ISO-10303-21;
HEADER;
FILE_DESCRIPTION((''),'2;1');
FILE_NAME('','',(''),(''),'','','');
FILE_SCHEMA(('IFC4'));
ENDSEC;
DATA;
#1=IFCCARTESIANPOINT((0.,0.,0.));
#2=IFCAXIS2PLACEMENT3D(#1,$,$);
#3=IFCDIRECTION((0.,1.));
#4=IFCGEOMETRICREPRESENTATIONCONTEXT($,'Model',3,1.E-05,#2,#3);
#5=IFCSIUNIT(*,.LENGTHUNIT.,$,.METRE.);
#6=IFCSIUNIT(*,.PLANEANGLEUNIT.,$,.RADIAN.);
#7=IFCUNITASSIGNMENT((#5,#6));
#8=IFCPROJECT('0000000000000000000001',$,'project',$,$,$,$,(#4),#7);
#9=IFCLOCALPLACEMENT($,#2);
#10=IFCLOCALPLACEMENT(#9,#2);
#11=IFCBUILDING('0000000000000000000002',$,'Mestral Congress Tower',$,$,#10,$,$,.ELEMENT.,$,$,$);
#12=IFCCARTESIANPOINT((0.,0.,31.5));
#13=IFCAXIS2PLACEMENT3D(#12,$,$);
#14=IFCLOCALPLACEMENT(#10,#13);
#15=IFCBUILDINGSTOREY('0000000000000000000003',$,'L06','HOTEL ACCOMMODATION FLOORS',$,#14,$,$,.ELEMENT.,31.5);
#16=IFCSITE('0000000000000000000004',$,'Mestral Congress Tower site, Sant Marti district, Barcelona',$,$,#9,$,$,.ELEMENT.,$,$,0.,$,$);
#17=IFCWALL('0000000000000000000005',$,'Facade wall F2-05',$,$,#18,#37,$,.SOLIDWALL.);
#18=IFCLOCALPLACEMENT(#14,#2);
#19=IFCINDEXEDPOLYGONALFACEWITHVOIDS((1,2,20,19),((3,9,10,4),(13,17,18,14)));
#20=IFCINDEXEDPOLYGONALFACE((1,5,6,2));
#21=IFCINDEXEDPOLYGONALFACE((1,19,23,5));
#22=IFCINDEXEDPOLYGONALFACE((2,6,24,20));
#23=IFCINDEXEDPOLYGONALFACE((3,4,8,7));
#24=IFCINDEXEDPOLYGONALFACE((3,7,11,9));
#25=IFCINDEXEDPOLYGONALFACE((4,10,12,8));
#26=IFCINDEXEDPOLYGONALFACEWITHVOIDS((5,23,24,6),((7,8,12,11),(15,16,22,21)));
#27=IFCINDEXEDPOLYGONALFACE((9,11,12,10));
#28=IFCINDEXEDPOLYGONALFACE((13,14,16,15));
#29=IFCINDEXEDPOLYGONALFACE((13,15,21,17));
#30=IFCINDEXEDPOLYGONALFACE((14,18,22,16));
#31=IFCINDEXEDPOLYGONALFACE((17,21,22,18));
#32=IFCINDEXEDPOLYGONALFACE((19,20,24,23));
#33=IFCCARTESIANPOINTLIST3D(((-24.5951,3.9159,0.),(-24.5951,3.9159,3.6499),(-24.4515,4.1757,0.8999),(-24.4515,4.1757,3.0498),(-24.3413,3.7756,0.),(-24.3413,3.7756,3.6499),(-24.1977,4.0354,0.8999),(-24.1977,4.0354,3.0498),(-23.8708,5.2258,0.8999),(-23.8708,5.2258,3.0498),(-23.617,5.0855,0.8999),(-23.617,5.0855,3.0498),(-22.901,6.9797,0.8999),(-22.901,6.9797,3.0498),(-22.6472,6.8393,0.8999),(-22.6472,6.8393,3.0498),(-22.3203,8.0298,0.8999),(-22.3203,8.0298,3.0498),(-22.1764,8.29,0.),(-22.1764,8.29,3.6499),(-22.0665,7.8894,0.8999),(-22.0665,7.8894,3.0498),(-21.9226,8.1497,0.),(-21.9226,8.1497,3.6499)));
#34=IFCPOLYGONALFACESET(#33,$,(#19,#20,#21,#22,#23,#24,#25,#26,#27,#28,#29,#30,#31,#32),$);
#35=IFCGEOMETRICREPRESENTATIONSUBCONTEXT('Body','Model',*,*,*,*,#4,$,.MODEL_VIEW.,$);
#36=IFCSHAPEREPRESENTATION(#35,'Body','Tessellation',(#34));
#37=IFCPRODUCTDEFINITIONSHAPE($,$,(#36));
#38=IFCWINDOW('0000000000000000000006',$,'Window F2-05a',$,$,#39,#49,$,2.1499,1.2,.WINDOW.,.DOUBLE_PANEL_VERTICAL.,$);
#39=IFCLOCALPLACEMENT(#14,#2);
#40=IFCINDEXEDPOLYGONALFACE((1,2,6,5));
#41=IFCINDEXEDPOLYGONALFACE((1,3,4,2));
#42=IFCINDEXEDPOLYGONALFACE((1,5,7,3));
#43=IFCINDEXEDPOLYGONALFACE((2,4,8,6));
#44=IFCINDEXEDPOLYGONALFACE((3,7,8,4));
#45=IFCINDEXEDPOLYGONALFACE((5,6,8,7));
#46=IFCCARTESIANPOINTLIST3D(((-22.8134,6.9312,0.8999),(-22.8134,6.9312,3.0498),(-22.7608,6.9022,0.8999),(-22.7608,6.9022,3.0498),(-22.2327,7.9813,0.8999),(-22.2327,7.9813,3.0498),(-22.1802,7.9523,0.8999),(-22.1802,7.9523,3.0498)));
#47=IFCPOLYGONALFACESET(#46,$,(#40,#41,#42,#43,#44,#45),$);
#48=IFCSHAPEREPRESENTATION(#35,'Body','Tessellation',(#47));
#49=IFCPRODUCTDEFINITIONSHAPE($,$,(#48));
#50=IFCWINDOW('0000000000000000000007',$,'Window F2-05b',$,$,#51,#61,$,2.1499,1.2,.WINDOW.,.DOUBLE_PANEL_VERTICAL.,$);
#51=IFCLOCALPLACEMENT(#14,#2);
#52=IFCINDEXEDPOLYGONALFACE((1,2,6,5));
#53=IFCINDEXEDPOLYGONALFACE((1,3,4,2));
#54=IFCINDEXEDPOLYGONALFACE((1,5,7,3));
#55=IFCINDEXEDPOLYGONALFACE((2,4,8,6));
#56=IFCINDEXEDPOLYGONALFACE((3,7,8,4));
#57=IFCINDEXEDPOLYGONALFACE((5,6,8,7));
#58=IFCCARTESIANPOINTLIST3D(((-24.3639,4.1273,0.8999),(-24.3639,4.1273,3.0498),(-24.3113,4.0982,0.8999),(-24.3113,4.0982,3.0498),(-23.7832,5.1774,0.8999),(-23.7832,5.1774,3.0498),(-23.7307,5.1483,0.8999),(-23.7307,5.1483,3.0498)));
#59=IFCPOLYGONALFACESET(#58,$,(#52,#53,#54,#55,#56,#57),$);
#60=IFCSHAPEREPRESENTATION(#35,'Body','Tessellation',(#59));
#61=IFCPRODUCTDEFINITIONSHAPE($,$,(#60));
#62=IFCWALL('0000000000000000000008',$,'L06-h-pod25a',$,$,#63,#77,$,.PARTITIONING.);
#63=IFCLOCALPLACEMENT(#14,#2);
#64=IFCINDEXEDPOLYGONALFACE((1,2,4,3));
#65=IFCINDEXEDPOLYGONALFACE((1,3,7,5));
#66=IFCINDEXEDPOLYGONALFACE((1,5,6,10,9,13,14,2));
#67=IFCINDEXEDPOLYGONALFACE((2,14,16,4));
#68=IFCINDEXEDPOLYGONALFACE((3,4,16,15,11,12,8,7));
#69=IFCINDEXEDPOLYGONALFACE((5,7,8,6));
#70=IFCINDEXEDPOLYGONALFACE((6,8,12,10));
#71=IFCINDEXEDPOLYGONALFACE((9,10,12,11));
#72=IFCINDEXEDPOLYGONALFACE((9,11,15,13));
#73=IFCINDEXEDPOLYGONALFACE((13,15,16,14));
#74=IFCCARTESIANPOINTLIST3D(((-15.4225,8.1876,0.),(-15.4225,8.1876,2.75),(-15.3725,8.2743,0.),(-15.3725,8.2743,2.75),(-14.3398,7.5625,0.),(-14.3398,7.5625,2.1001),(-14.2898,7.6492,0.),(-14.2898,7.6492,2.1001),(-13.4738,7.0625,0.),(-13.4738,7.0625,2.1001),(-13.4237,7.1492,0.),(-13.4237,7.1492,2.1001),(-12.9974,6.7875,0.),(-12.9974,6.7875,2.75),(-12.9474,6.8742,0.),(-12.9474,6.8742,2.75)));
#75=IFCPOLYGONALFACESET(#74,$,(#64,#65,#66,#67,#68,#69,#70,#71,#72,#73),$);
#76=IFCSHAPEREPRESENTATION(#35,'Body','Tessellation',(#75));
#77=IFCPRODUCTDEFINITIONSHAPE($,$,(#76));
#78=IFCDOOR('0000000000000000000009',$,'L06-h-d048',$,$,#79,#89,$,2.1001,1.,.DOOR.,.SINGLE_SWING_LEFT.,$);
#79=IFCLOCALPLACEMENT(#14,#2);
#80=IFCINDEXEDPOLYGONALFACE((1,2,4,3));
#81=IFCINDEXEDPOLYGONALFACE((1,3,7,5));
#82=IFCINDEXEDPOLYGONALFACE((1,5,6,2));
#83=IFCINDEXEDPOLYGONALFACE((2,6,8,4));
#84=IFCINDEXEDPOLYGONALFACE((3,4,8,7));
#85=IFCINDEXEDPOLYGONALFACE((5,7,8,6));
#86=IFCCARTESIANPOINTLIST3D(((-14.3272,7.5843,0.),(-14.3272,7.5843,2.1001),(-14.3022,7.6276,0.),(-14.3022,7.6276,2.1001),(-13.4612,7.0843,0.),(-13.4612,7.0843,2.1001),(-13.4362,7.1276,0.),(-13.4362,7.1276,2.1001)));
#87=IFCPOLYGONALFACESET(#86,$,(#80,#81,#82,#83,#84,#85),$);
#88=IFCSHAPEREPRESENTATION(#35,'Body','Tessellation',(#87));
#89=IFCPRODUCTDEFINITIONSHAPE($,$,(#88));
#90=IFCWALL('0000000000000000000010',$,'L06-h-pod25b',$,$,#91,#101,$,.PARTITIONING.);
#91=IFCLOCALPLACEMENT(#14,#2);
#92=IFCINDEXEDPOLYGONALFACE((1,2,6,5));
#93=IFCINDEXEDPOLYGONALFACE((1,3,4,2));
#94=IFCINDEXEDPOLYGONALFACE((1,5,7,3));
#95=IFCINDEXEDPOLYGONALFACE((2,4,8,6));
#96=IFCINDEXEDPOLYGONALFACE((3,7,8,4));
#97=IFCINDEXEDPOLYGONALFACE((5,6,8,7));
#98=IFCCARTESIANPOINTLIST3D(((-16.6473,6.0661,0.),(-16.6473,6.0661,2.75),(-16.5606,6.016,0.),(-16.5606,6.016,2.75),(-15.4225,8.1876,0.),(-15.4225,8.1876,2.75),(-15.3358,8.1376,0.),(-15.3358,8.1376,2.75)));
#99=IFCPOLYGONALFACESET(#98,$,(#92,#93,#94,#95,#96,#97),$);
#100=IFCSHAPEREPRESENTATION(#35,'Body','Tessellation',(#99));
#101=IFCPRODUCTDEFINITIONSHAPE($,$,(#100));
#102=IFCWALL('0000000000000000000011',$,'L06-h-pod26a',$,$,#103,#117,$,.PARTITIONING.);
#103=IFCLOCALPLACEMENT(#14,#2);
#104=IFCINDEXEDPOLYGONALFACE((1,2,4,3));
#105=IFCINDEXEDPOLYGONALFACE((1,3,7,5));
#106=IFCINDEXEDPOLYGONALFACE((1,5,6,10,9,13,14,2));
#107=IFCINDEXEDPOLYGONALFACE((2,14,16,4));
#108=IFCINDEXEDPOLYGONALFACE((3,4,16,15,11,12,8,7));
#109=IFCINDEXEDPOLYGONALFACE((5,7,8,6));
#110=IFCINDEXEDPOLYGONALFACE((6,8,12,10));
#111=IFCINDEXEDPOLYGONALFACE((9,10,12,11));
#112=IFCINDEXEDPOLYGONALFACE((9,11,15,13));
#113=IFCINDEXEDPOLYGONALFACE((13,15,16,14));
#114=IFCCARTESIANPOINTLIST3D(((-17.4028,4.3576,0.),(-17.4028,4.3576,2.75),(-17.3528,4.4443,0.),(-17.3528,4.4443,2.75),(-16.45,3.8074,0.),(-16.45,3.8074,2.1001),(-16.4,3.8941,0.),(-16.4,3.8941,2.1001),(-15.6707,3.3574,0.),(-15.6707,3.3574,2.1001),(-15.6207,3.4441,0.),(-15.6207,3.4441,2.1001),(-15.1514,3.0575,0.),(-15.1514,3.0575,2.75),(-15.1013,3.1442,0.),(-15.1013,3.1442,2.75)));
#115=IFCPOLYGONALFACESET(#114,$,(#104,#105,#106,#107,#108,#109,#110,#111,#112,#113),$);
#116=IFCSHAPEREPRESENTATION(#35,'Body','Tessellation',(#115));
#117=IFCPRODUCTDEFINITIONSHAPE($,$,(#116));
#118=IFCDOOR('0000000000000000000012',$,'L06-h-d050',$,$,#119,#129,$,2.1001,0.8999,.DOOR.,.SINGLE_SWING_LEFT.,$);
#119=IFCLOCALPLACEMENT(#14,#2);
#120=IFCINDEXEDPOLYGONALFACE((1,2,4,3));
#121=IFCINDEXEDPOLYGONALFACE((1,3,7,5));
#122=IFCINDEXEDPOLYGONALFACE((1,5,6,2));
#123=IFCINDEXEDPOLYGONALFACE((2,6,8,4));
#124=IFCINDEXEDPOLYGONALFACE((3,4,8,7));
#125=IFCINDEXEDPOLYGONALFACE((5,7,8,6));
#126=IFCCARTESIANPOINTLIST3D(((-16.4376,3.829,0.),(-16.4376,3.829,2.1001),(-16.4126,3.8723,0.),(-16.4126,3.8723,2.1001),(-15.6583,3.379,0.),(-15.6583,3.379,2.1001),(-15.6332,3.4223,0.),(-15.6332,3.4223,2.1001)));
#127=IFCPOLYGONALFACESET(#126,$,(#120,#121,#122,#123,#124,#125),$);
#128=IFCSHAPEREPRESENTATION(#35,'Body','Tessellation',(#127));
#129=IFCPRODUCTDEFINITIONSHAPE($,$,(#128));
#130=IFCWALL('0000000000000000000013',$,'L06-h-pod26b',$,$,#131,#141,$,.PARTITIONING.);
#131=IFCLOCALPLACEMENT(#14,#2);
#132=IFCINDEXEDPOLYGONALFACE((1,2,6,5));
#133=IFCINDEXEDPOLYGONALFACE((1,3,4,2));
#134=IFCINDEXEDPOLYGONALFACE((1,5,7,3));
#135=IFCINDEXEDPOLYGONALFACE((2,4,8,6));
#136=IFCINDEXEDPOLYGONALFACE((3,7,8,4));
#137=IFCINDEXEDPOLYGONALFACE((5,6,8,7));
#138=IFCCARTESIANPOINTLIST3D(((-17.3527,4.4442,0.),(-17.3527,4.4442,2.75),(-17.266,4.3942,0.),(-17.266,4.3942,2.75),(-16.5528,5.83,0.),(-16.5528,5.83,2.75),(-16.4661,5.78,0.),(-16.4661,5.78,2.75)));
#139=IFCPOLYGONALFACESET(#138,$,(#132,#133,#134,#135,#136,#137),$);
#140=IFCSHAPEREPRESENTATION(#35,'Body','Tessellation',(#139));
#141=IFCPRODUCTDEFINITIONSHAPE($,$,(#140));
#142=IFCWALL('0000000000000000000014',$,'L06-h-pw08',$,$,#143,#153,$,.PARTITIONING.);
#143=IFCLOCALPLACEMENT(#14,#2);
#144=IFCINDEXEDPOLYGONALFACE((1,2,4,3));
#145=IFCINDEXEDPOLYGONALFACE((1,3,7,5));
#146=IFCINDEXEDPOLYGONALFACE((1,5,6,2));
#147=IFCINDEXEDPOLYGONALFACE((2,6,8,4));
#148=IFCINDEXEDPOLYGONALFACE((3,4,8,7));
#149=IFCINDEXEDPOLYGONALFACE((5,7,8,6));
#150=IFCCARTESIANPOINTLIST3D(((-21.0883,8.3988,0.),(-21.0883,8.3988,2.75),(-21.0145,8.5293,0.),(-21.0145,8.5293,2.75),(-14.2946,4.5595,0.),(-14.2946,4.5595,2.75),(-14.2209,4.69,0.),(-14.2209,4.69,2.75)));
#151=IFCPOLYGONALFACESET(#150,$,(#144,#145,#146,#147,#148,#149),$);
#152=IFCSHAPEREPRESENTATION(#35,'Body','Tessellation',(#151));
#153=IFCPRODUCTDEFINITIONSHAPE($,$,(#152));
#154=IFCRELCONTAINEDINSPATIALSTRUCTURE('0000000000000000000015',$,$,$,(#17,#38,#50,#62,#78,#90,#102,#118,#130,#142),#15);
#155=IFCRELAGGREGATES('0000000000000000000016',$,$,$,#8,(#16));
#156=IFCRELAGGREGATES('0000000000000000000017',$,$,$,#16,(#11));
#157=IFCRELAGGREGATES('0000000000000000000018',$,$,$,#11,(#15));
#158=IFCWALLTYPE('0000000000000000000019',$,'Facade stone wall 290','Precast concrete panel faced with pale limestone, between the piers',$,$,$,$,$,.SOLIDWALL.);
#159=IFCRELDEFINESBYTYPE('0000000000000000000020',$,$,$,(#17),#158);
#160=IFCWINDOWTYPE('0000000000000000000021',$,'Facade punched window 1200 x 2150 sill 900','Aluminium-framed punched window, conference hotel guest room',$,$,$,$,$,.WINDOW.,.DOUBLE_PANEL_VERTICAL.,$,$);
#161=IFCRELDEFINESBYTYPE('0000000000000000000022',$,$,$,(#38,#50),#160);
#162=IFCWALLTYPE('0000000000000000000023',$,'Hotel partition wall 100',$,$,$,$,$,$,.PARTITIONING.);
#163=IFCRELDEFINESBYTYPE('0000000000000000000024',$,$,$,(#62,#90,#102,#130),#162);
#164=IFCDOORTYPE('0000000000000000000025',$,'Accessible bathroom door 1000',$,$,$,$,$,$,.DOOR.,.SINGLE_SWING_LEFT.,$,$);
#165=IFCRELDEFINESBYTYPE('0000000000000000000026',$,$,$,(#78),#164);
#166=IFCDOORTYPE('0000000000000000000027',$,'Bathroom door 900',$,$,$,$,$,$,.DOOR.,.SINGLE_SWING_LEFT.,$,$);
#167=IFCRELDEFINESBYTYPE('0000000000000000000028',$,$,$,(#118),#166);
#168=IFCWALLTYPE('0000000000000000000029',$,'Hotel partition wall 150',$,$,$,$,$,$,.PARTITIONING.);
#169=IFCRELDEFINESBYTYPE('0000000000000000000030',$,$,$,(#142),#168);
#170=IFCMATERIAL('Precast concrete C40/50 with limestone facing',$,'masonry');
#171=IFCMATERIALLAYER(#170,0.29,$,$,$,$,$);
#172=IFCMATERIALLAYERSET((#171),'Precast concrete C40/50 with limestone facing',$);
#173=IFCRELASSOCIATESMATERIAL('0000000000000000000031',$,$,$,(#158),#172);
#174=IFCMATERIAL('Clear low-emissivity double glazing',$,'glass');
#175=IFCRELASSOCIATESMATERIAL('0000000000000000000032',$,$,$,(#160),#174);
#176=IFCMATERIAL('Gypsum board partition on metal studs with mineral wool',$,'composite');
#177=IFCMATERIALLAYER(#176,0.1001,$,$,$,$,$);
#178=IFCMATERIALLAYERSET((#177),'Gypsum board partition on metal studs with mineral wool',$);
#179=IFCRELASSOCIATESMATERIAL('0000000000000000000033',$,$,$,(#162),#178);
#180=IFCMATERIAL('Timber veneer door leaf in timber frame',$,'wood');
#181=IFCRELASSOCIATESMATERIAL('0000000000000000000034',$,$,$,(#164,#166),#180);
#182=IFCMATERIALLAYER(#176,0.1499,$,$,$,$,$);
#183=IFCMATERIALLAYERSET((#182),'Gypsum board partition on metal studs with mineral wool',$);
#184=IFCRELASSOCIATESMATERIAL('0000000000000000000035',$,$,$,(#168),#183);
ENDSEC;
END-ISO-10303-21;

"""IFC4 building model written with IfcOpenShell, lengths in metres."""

from ifc_helpers import new_model, si_unit, direction, frame, frame_2d, origin, place, context, subcontext, project, spatial, rectangle, extrude, material, layer, layer_set, type_object, element, fill, save


model = new_model("IFC4")

# Units and contexts
model_context = context("Model", 3, precision=1e-05, world=origin(), true_north=direction((0.0, 1.0)))
body_context = subcontext(model_context, "Body", "Model", "MODEL_VIEW")
ifc_project = project(units=[si_unit("LENGTHUNIT", "METRE"), si_unit("PLANEANGLEUNIT", "RADIAN")], contexts=[model_context])

# Site, building, storey
site_placement = place(None, origin())
site = spatial("IfcSite", under=ifc_project, at=site_placement, Name="Mestral Congress Tower site, Sant Marti district, Barcelona", CompositionType="ELEMENT", RefElevation=0.0)
building_placement = place(site_placement, origin())
building = spatial("IfcBuilding", under=site, at=building_placement, Name="Mestral Congress Tower", CompositionType="ELEMENT")
storey_placement = place(building_placement, frame((0.0, 0.0, 31.5)))
storey = spatial("IfcBuildingStorey", under=building, at=storey_placement, Name="L06", Description="HOTEL ACCOMMODATION FLOORS", CompositionType="ELEMENT", Elevation=31.5)

# Wall, openings, windows
ifc_material_1 = material(Name="Precast concrete C40/50 with limestone facing", Category="masonry")
ifc_layer_1 = layer(ifc_material_1, 0.29)
ifc_layer_set_1 = layer_set([ifc_layer_1], Name="Precast concrete C40/50 with limestone facing")
wall_type_1 = type_object("IfcWallType", Name="Facade stone wall 290", Description="Precast concrete panel faced with pale limestone, between the piers", PredefinedType="SOLIDWALL", material=ifc_layer_set_1)
wall_1_placement = place(storey_placement, frame((-22.0496, 8.2197, 0.0), z_axis=(0.0, 0.0, 1.0), x_axis=(-0.483913, -0.875116, 0.0)))
wall_1 = element("IfcWall", 1, at=wall_1_placement, inside=storey, type_object=wall_type_1, Name="Facade wall F2-05", PredefinedType="SOLIDWALL", context=body_context, shape_type="SweptSolid", body=[
    extrude(rectangle(XDim=4.9983, YDim=0.29, at=frame_2d((2.499, 0.0))), origin(), (0.0, 0.0, 1.0), 3.6499),
])
opening_1_placement = place(wall_1_placement, frame((0.2971, 0.0, 0.8999)))
opening_1 = element("IfcOpeningElement", 2, at=opening_1_placement, cuts=wall_1, PredefinedType="OPENING", context=body_context, shape_type="SweptSolid", body=[
    extrude(rectangle(XDim=1.2, YDim=2.1499, at=frame_2d((0.6001, 1.075))), frame((0.0, 0.155, 0.0), z_axis=(0.0, -1.0, 0.0), x_axis=(1.0, 0.0, 0.0)), (0.0, 0.0, 1.0), 0.3101),
])
opening_2_placement = place(wall_1_placement, frame((3.5012, 0.0, 0.8999)))
opening_2 = element("IfcOpeningElement", 3, at=opening_2_placement, cuts=wall_1, PredefinedType="OPENING", context=body_context, shape_type="SweptSolid", body=[
    extrude(rectangle(XDim=1.2, YDim=2.1499, at=frame_2d((0.6001, 1.075))), frame((0.0, 0.155, 0.0), z_axis=(0.0, -1.0, 0.0), x_axis=(1.0, 0.0, 0.0)), (0.0, 0.0, 1.0), 0.3101),
])
ifc_material_2 = material(Name="Clear low-emissivity double glazing", Category="glass")
window_type = type_object("IfcWindowType", Name="Facade punched window 1200 x 2150 sill 900", Description="Aluminium-framed punched window, conference hotel guest room", PartitioningType="DOUBLE_PANEL_VERTICAL", PredefinedType="WINDOW", material=ifc_material_2)
window_1_placement = place(opening_1_placement, origin())
window_1 = element("IfcWindow", 4, at=window_1_placement, inside=storey, type_object=window_type, Name="Window F2-05a", OverallHeight=2.1499, OverallWidth=1.2, PartitioningType="DOUBLE_PANEL_VERTICAL", PredefinedType="WINDOW", context=body_context, shape_type="SweptSolid", body=[
    extrude(rectangle(XDim=1.2, YDim=2.1499, at=frame_2d((0.6001, 1.075))), frame((0.0, 0.0151, 0.0), z_axis=(0.0, -1.0, 0.0), x_axis=(1.0, 0.0, 0.0)), (0.0, 0.0, 1.0), 0.0601),
])
fill(opening_1, window_1)
window_2_placement = place(opening_2_placement, origin())
window_2 = element("IfcWindow", 5, at=window_2_placement, inside=storey, type_object=window_type, Name="Window F2-05b", OverallHeight=2.1499, OverallWidth=1.2, PartitioningType="DOUBLE_PANEL_VERTICAL", PredefinedType="WINDOW", context=body_context, shape_type="SweptSolid", body=[
    extrude(rectangle(XDim=1.2, YDim=2.1499, at=frame_2d((0.6001, 1.075))), frame((0.0, 0.0151, 0.0), z_axis=(0.0, -1.0, 0.0), x_axis=(1.0, 0.0, 0.0)), (0.0, 0.0, 1.0), 0.0601),
])
fill(opening_2, window_2)

# Wall, opening, door
ifc_material_3 = material(Name="Gypsum board partition on metal studs with mineral wool", Category="composite")
ifc_layer_2 = layer(ifc_material_3, 0.1001)
ifc_layer_set_2 = layer_set([ifc_layer_2], Name="Gypsum board partition on metal studs with mineral wool")
wall_type_2 = type_object("IfcWallType", Name="Hotel partition wall 100", PredefinedType="PARTITIONING", material=ifc_layer_set_2)
wall_2_placement = place(storey_placement, frame((-12.9724, 6.8308, 0.0), z_axis=(0.0, 0.0, 1.0), x_axis=(-0.866019, 0.500012, 0.0)))
wall_2 = element("IfcWall", 6, at=wall_2_placement, inside=storey, type_object=wall_type_2, Name="L06-h-pod25a", PredefinedType="PARTITIONING", context=body_context, shape_type="SweptSolid", body=[
    extrude(rectangle(XDim=2.8003, YDim=0.1001, at=frame_2d((1.4001, 0.0))), origin(), (0.0, 0.0, 1.0), 2.75),
])
opening_3_placement = place(wall_2_placement, frame((0.55, 0.0, 0.0)))
opening_3 = element("IfcOpeningElement", 7, at=opening_3_placement, cuts=wall_2, PredefinedType="OPENING", context=body_context, shape_type="SweptSolid", body=[
    extrude(rectangle(XDim=1.0, YDim=2.1001, at=frame_2d((0.5, 1.05))), frame((0.0, 0.0601, 0.0), z_axis=(0.0, -1.0, 0.0), x_axis=(1.0, 0.0, 0.0)), (0.0, 0.0, 1.0), 0.1201),
])
ifc_material_4 = material(Name="Timber veneer door leaf in timber frame", Category="wood")
door_type_1 = type_object("IfcDoorType", Name="Accessible bathroom door 1000", OperationType="SINGLE_SWING_LEFT", PredefinedType="DOOR", material=ifc_material_4)
door_1_placement = place(opening_3_placement, origin())
door_1 = element("IfcDoor", 8, at=door_1_placement, inside=storey, type_object=door_type_1, Name="L06-h-d048", OperationType="SINGLE_SWING_LEFT", OverallHeight=2.1001, OverallWidth=1.0, PredefinedType="DOOR", context=body_context, shape_type="SweptSolid", body=[
    extrude(rectangle(XDim=1.0, YDim=2.1001, at=frame_2d((0.5, 1.05))), frame((0.0, 0.0249, 0.0), z_axis=(0.0, -1.0, 0.0), x_axis=(1.0, 0.0, 0.0)), (0.0, 0.0, 1.0), 0.05),
])
fill(opening_3, door_1)

# Wall
wall_3_placement = place(storey_placement, frame((-15.3792, 8.1626, 0.0), z_axis=(0.0, 0.0, 1.0), x_axis=(-0.499987, -0.866033, 0.0)))
element("IfcWall", 9, at=wall_3_placement, inside=storey, type_object=wall_type_2, Name="L06-h-pod25b", PredefinedType="PARTITIONING", context=body_context, shape_type="SweptSolid", body=[
    extrude(rectangle(XDim=2.4497, YDim=0.1001, at=frame_2d((1.2249, 0.0))), origin(), (0.0, 0.0, 1.0), 2.75),
])

# Wall, opening, door
wall_4_placement = place(storey_placement, frame((-17.3777, 4.4009, 0.0), z_axis=(0.0, 0.0, 1.0), x_axis=(0.865998, -0.500048, 0.0)))
wall_4 = element("IfcWall", 10, at=wall_4_placement, inside=storey, type_object=wall_type_2, Name="L06-h-pod26a", PredefinedType="PARTITIONING", context=body_context, shape_type="SweptSolid", body=[
    extrude(rectangle(XDim=2.5999, YDim=0.1001, at=frame_2d((1.2998, 0.0))), origin(), (0.0, 0.0, 1.0), 2.75),
])
opening_4_placement = place(wall_4_placement, frame((1.1001, 0.0, 0.0)))
opening_4 = element("IfcOpeningElement", 11, at=opening_4_placement, cuts=wall_4, PredefinedType="OPENING", context=body_context, shape_type="SweptSolid", body=[
    extrude(rectangle(XDim=0.8999, YDim=2.1001, at=frame_2d((0.45, 1.05))), frame((0.0, 0.0601, 0.0), z_axis=(0.0, -1.0, 0.0), x_axis=(1.0, 0.0, 0.0)), (0.0, 0.0, 1.0), 0.1201),
])
door_type_2 = type_object("IfcDoorType", Name="Bathroom door 900", OperationType="SINGLE_SWING_LEFT", PredefinedType="DOOR", material=ifc_material_4)
door_2_placement = place(opening_4_placement, origin())
door_2 = element("IfcDoor", 12, at=door_2_placement, inside=storey, type_object=door_type_2, Name="L06-h-d050", OperationType="SINGLE_SWING_LEFT", OverallHeight=2.1001, OverallWidth=0.8999, PredefinedType="DOOR", context=body_context, shape_type="SweptSolid", body=[
    extrude(rectangle(XDim=0.8999, YDim=2.1001, at=frame_2d((0.45, 1.05))), frame((0.0, 0.0249, 0.0), z_axis=(0.0, -1.0, 0.0), x_axis=(1.0, 0.0, 0.0)), (0.0, 0.0, 1.0), 0.05),
])
fill(opening_4, door_2)

# Walls
wall_5_placement = place(storey_placement, frame((-17.3093, 4.4192, 0.0), z_axis=(0.0, 0.0, 1.0), x_axis=(0.499881, 0.866094, 0.0)))
element("IfcWall", 13, at=wall_5_placement, inside=storey, type_object=wall_type_2, Name="L06-h-pod26b", PredefinedType="PARTITIONING", context=body_context, shape_type="SweptSolid", body=[
    extrude(rectangle(XDim=1.6001, YDim=0.1001, at=frame_2d((0.8, 0.0))), origin(), (0.0, 0.0, 1.0), 2.75),
])
ifc_layer_3 = layer(ifc_material_3, 0.1499)
ifc_layer_set_3 = layer_set([ifc_layer_3], Name="Gypsum board partition on metal studs with mineral wool")
wall_type_3 = type_object("IfcWallType", Name="Hotel partition wall 150", PredefinedType="PARTITIONING", material=ifc_layer_set_3)
wall_6_placement = place(storey_placement, frame((-21.0515, 8.4641, 0.0), z_axis=(0.0, 0.0, 1.0), x_axis=(0.870594, -0.492003, 0.0)))
element("IfcWall", 14, at=wall_6_placement, inside=storey, type_object=wall_type_3, Name="L06-h-pw08", PredefinedType="PARTITIONING", context=body_context, shape_type="SweptSolid", body=[
    extrude(rectangle(XDim=7.8035, YDim=0.1499, at=frame_2d((3.9019, 0.0))), origin(), (0.0, 0.0, 1.0), 2.75),
])

save(model, "model.ifc")
